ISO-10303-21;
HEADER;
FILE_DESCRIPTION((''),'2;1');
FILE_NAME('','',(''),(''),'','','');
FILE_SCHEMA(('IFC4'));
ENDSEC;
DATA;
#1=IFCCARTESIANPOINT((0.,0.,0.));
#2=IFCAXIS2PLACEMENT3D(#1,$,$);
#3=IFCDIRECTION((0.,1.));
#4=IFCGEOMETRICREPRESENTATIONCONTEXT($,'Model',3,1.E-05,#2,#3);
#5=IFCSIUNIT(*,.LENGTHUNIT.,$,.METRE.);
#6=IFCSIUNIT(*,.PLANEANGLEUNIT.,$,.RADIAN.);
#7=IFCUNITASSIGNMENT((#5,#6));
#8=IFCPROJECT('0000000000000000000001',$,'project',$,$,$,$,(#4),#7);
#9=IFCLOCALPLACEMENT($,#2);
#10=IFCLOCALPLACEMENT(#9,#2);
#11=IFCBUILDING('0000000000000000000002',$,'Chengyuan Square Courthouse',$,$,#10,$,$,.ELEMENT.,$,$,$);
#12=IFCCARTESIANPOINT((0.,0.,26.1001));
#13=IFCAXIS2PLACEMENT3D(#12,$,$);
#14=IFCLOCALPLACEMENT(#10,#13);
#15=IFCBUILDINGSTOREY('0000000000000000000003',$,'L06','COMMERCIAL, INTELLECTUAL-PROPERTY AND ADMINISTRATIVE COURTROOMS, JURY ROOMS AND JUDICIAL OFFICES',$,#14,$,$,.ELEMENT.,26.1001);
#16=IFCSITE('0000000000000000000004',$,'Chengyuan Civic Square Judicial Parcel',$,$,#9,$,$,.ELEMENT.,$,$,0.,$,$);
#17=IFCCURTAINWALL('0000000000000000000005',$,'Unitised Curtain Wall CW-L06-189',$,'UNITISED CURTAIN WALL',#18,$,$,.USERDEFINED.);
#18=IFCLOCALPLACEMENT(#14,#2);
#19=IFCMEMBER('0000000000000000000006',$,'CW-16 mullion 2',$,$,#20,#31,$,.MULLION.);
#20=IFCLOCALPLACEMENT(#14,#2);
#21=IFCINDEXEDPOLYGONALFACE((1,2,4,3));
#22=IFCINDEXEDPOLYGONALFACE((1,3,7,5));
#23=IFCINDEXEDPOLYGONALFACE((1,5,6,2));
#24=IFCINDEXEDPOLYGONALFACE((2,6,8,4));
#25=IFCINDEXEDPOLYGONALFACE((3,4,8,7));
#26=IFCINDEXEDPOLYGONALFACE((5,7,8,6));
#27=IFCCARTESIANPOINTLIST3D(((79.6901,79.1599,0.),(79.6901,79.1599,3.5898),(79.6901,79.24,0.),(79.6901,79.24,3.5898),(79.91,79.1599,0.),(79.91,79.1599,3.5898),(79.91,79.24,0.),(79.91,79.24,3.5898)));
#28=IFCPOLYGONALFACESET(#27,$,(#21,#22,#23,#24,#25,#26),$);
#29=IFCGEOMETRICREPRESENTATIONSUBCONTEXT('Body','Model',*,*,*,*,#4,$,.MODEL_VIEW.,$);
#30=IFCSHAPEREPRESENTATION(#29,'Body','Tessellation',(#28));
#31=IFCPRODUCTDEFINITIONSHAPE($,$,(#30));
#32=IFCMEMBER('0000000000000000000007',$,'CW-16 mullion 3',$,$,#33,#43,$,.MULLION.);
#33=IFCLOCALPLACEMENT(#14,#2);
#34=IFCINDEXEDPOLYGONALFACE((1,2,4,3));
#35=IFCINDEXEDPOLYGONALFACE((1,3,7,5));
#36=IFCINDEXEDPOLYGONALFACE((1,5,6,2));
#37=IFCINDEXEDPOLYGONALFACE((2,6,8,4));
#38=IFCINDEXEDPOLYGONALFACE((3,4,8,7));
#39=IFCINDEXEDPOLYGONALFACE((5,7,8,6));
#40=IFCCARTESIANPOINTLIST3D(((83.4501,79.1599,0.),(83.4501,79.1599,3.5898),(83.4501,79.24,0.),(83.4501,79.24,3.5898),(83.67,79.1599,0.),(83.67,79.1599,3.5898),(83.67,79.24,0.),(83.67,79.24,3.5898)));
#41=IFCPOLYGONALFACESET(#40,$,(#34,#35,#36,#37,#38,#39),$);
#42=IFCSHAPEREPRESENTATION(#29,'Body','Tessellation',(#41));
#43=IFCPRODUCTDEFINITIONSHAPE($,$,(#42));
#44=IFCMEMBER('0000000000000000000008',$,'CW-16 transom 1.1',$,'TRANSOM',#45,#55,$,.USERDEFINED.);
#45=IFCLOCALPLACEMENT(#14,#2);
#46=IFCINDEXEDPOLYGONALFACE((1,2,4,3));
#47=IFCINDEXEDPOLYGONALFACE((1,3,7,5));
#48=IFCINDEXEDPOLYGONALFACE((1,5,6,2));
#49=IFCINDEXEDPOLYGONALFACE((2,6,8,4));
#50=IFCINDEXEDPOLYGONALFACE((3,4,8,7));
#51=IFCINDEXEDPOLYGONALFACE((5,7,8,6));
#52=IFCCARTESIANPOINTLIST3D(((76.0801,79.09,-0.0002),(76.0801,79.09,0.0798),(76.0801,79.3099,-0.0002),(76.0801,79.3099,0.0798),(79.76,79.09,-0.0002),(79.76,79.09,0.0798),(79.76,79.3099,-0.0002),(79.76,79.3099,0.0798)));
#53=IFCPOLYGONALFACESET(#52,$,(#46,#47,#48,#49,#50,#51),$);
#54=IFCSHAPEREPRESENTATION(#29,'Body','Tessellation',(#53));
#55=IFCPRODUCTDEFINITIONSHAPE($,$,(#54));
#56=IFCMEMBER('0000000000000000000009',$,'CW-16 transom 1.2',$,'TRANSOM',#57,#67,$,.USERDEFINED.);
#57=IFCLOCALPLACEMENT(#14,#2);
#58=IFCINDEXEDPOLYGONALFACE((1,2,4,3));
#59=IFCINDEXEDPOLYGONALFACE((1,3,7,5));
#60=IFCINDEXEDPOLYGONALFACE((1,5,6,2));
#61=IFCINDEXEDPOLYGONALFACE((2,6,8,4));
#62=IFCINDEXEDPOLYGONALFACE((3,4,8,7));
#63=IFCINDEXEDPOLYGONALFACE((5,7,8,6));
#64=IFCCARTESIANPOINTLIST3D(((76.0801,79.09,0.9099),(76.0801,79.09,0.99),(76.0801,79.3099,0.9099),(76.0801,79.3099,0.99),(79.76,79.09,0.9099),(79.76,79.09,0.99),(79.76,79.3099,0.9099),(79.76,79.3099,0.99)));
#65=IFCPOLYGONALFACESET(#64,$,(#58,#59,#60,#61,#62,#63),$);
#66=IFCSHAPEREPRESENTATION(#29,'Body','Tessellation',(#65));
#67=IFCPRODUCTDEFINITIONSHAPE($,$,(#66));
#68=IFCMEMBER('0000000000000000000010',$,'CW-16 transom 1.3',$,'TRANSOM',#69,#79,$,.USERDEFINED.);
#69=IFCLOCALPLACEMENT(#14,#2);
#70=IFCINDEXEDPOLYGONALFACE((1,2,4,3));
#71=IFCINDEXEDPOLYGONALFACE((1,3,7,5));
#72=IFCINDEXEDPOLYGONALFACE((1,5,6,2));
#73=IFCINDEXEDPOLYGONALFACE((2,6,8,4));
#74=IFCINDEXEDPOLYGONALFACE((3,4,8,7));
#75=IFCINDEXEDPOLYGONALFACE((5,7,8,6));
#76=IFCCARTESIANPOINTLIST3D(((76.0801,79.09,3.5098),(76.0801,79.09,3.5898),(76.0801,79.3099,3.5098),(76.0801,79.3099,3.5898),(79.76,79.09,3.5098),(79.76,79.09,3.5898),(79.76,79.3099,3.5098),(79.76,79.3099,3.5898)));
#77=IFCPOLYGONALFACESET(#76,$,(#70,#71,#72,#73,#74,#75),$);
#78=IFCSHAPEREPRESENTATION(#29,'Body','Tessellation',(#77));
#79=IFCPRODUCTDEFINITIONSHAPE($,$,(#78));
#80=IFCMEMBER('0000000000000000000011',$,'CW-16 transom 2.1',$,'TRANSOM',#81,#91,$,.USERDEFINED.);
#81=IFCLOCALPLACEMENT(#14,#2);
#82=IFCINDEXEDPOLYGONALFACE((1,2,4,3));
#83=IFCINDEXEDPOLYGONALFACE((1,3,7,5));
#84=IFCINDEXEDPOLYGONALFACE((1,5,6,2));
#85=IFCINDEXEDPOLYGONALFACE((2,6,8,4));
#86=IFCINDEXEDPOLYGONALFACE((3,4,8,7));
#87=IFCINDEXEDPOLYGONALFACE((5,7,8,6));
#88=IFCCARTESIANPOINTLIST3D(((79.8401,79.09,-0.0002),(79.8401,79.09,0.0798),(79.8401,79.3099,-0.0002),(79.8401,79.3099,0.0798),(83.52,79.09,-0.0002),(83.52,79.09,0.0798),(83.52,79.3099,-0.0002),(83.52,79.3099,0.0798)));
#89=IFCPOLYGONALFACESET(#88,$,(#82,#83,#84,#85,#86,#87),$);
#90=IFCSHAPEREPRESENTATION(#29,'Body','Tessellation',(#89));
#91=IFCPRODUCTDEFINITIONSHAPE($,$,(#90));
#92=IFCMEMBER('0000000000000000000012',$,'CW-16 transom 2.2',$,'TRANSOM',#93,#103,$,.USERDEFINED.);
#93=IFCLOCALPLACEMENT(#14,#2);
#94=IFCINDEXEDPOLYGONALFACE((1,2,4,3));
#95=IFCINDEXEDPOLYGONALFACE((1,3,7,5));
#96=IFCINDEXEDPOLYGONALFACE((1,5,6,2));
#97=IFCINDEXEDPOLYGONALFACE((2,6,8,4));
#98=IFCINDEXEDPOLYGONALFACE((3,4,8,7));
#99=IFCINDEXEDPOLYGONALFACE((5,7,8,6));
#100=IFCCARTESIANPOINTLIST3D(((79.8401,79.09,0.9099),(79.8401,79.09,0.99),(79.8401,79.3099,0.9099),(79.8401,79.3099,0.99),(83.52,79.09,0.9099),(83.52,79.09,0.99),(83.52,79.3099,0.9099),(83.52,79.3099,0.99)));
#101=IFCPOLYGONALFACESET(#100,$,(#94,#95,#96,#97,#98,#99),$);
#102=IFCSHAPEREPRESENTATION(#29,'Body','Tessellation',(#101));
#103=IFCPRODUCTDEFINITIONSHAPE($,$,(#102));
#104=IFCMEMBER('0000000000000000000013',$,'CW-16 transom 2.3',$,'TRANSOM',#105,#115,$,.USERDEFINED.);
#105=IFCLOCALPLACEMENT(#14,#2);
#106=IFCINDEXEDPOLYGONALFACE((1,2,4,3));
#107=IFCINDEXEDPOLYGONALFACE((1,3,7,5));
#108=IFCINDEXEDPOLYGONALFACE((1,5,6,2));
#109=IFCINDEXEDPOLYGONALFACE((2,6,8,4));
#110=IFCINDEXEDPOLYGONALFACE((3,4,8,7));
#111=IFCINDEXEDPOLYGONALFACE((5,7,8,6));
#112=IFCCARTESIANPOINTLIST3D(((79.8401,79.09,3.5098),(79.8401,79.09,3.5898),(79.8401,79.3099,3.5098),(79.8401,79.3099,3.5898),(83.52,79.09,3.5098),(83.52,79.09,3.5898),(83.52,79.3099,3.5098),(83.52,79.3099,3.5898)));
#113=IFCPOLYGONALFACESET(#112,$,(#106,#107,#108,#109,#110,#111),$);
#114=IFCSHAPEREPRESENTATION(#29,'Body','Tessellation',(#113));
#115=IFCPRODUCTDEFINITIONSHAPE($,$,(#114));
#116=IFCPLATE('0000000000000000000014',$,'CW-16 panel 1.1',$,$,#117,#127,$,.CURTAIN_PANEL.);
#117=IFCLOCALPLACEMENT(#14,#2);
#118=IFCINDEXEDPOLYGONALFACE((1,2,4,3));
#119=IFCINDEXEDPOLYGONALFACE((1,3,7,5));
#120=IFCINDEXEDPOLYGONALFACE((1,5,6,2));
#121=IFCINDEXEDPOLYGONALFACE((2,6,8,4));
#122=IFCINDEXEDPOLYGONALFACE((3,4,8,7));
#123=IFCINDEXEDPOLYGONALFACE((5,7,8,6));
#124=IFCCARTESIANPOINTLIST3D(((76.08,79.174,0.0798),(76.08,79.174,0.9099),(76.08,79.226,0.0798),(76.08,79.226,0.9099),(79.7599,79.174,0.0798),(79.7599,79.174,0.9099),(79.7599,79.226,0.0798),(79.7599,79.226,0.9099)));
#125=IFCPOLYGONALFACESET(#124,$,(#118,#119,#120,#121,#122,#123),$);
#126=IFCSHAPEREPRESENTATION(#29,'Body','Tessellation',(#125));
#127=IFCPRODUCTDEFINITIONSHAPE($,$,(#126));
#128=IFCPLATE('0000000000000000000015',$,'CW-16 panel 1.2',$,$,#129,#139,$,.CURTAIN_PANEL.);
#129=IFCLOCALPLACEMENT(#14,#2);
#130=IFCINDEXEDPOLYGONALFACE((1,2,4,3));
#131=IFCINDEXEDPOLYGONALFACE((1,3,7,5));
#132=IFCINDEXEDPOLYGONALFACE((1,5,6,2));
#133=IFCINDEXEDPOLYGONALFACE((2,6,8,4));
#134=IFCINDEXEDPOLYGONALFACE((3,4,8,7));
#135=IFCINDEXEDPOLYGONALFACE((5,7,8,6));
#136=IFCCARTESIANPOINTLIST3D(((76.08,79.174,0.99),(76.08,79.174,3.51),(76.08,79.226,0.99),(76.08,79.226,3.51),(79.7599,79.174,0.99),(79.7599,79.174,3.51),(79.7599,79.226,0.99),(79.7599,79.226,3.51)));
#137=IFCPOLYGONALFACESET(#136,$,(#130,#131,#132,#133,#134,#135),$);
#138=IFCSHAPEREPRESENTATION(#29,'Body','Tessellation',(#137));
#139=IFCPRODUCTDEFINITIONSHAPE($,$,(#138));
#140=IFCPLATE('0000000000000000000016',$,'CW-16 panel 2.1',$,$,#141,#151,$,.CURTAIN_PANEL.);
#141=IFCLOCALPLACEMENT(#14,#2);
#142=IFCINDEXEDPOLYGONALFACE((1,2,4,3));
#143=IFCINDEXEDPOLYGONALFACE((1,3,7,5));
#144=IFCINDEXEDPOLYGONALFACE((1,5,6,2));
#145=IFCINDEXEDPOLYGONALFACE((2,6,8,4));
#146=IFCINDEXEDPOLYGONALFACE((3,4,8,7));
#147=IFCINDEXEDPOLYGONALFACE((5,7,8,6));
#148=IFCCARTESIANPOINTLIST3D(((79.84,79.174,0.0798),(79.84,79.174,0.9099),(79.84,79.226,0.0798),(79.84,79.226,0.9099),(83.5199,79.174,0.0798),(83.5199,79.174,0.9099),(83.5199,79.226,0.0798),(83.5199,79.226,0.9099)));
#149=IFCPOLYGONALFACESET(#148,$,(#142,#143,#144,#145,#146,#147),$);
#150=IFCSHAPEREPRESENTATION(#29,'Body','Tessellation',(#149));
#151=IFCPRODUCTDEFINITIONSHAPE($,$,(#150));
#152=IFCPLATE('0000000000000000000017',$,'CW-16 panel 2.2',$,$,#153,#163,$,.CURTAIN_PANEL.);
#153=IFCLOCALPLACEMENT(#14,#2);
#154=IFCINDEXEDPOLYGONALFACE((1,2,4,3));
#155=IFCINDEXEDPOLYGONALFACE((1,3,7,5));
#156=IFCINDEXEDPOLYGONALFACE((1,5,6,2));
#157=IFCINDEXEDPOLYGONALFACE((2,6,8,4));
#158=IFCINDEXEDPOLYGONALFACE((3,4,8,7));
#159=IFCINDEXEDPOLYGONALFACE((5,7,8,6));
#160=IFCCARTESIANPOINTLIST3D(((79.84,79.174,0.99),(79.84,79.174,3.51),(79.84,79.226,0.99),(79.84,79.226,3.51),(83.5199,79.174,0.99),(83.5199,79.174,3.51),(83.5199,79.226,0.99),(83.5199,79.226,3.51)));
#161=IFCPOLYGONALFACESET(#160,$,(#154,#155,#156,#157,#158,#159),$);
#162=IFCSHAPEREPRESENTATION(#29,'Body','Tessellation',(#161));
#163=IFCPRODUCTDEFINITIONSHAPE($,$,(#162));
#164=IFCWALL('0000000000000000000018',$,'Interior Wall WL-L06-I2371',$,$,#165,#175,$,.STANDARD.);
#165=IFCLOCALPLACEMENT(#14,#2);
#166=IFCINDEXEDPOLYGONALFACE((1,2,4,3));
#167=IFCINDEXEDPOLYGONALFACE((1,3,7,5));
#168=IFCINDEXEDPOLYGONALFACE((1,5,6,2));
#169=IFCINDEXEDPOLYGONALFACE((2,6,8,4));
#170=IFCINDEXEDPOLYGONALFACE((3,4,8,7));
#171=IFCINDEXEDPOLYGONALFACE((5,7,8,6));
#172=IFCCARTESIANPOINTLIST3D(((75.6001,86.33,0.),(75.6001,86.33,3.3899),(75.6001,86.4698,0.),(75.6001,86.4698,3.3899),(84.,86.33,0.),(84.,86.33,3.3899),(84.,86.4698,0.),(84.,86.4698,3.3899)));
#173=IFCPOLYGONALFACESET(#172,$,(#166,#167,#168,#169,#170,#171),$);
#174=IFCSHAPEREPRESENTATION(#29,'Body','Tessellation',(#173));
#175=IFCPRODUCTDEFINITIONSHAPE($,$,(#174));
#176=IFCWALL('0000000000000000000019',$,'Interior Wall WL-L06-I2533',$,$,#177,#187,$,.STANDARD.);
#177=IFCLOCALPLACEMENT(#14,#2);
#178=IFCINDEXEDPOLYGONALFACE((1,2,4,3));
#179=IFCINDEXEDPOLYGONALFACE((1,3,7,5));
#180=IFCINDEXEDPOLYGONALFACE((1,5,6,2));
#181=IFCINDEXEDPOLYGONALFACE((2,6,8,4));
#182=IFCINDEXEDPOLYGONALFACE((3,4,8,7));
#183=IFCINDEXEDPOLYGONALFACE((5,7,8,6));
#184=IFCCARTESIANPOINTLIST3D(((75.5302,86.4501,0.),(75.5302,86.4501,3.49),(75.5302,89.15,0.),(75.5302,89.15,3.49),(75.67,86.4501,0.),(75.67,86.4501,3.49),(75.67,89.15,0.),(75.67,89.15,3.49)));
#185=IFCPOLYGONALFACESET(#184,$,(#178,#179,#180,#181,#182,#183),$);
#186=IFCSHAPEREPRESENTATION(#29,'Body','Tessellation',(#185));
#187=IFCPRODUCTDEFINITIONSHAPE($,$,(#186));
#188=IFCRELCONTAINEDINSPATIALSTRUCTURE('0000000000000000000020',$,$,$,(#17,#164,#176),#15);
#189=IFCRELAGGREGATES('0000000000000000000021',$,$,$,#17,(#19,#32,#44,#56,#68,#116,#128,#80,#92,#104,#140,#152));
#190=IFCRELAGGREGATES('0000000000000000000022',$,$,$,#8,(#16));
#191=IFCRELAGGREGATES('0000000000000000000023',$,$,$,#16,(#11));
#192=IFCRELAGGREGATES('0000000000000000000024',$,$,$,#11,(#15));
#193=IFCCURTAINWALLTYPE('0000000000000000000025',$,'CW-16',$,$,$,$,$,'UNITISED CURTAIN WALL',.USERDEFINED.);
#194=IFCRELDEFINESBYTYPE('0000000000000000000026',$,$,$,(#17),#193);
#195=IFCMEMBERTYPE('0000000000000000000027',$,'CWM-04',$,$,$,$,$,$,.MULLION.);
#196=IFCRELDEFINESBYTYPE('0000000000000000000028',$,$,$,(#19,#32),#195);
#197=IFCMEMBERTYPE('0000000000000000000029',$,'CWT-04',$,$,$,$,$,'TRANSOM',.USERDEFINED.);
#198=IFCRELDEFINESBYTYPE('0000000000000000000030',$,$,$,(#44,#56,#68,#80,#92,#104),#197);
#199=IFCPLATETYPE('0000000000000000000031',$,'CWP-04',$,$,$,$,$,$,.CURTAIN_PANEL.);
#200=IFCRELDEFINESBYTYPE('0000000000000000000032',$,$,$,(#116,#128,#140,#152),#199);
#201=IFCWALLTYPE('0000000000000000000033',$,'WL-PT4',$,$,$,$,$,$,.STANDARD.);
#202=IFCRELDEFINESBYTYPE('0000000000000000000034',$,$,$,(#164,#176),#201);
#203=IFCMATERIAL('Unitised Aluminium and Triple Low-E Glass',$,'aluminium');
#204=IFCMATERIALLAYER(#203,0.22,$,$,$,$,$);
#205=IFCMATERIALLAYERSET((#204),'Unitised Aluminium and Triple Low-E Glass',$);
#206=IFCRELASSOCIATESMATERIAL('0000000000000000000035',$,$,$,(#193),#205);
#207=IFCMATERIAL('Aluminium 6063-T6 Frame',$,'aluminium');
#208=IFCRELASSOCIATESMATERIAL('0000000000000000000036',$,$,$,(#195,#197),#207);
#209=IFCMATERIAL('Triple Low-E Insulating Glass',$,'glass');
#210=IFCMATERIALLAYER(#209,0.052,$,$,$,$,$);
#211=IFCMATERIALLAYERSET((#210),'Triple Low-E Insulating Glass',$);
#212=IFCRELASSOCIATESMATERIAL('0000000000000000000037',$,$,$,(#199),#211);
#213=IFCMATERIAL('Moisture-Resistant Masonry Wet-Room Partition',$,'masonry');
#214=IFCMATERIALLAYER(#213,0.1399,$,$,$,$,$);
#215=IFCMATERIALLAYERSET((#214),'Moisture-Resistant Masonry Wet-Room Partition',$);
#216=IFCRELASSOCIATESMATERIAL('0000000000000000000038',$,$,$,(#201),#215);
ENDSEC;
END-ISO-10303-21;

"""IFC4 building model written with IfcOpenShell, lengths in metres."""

from ifc_helpers import new_model, si_unit, direction, frame, frame_2d, origin, origin_2d, place, context, subcontext, project, spatial, rectangle, extrude, material, layer, layer_set, material_profile, profile_set, type_object, element, aggregate, save


model = new_model("IFC4")

# Units and contexts
model_context = context("Model", 3, precision=1e-05, world=origin(), true_north=direction((0.0, 1.0)))
body_context = subcontext(model_context, "Body", "Model", "MODEL_VIEW")
ifc_project = project(units=[si_unit("LENGTHUNIT", "METRE"), si_unit("PLANEANGLEUNIT", "RADIAN")], contexts=[model_context])

# Site, building, storey
site_placement = place(None, origin())
site = spatial("IfcSite", under=ifc_project, at=site_placement, Name="Chengyuan Civic Square Judicial Parcel", CompositionType="ELEMENT", RefElevation=0.0)
building_placement = place(site_placement, origin())
building = spatial("IfcBuilding", under=site, at=building_placement, Name="Chengyuan Square Courthouse", CompositionType="ELEMENT")
storey_placement = place(building_placement, frame((0.0, 0.0, 26.1001)))
storey = spatial("IfcBuildingStorey", under=building, at=storey_placement, Name="L06", Description="COMMERCIAL, INTELLECTUAL-PROPERTY AND ADMINISTRATIVE COURTROOMS, JURY ROOMS AND JUDICIAL OFFICES", CompositionType="ELEMENT", Elevation=26.1001)

# Curtain wall, members, plates
ifc_material_1 = material(Name="Unitised Aluminium and Triple Low-E Glass", Category="aluminium")
ifc_layer_1 = layer(ifc_material_1, 0.22)
ifc_layer_set_1 = layer_set([ifc_layer_1], Name="Unitised Aluminium and Triple Low-E Glass")
curtain_wall_type = type_object("IfcCurtainWallType", Name="CW-16", ElementType="UNITISED CURTAIN WALL", PredefinedType="USERDEFINED", material=ifc_layer_set_1)
curtain_wall_placement = place(storey_placement, origin())
curtain_wall = element("IfcCurtainWall", 1, at=curtain_wall_placement, inside=storey, type_object=curtain_wall_type, Name="Unitised Curtain Wall CW-L06-189", ObjectType="UNITISED CURTAIN WALL", PredefinedType="USERDEFINED")
ifc_material_2 = material(Name="Aluminium 6063-T6 Frame", Category="aluminium")
ifc_material_profile_1 = material_profile(ifc_material_2, rectangle(XDim=0.0801, YDim=0.22, at=origin_2d()), Name="CW-MUL-80x220")
ifc_profile_set_1 = profile_set([ifc_material_profile_1], Name="Aluminium 6063-T6 Frame")
member_type_1 = type_object("IfcMemberType", Name="CWM-04", PredefinedType="MULLION", material=ifc_profile_set_1)
member_1_placement = place(storey_placement, frame((79.8, 79.2, 0.0), z_axis=(0.0, 0.0, 1.0), x_axis=(0.0, 1.0, 0.0)))
member_1 = element("IfcMember", 2, at=member_1_placement, type_object=member_type_1, Name="CW-16 mullion 2", PredefinedType="MULLION", context=body_context, shape_type="SweptSolid", body=[
    extrude(rectangle(XDim=0.0801, YDim=0.22, at=origin_2d()), origin(), (0.0, 0.0, 1.0), 3.5898),
])
member_2_placement = place(storey_placement, frame((83.5601, 79.2, 0.0), z_axis=(0.0, 0.0, 1.0), x_axis=(0.0, 1.0, 0.0)))
member_2 = element("IfcMember", 3, at=member_2_placement, type_object=member_type_1, Name="CW-16 mullion 3", PredefinedType="MULLION", context=body_context, shape_type="SweptSolid", body=[
    extrude(rectangle(XDim=0.0801, YDim=0.22, at=origin_2d()), origin(), (0.0, 0.0, 1.0), 3.5898),
])
ifc_material_profile_2 = material_profile(ifc_material_2, rectangle(XDim=0.22, YDim=0.0801, at=origin_2d()), Name="CW-TRN-80x180")
ifc_profile_set_2 = profile_set([ifc_material_profile_2], Name="Aluminium 6063-T6 Frame")
member_type_2 = type_object("IfcMemberType", Name="CWT-04", ElementType="TRANSOM", PredefinedType="USERDEFINED", material=ifc_profile_set_2)
member_3_placement = place(storey_placement, frame((76.0801, 79.2, 0.0398), z_axis=(1.0, 0.0, 0.0), x_axis=(0.0, 1.0, 0.0)))
member_3 = element("IfcMember", 4, at=member_3_placement, type_object=member_type_2, Name="CW-16 transom 1.1", ObjectType="TRANSOM", PredefinedType="USERDEFINED", context=body_context, shape_type="SweptSolid", body=[
    extrude(rectangle(XDim=0.22, YDim=0.0801, at=origin_2d()), origin(), (0.0, 0.0, 1.0), 3.6799),
])
member_4_placement = place(storey_placement, frame((76.0801, 79.2, 0.95), z_axis=(1.0, 0.0, 0.0), x_axis=(0.0, 1.0, 0.0)))
member_4 = element("IfcMember", 5, at=member_4_placement, type_object=member_type_2, Name="CW-16 transom 1.2", ObjectType="TRANSOM", PredefinedType="USERDEFINED", context=body_context, shape_type="SweptSolid", body=[
    extrude(rectangle(XDim=0.22, YDim=0.0801, at=origin_2d()), origin(), (0.0, 0.0, 1.0), 3.6799),
])
member_5_placement = place(storey_placement, frame((76.0801, 79.2, 3.5498), z_axis=(1.0, 0.0, 0.0), x_axis=(0.0, 1.0, 0.0)))
member_5 = element("IfcMember", 6, at=member_5_placement, type_object=member_type_2, Name="CW-16 transom 1.3", ObjectType="TRANSOM", PredefinedType="USERDEFINED", context=body_context, shape_type="SweptSolid", body=[
    extrude(rectangle(XDim=0.22, YDim=0.0801, at=origin_2d()), origin(), (0.0, 0.0, 1.0), 3.6799),
])
member_6_placement = place(storey_placement, frame((79.8401, 79.2, 0.0398), z_axis=(1.0, 0.0, 0.0), x_axis=(0.0, 1.0, 0.0)))
member_6 = element("IfcMember", 7, at=member_6_placement, type_object=member_type_2, Name="CW-16 transom 2.1", ObjectType="TRANSOM", PredefinedType="USERDEFINED", context=body_context, shape_type="SweptSolid", body=[
    extrude(rectangle(XDim=0.22, YDim=0.0801, at=origin_2d()), origin(), (0.0, 0.0, 1.0), 3.6799),
])
member_7_placement = place(storey_placement, frame((79.8401, 79.2, 0.95), z_axis=(1.0, 0.0, 0.0), x_axis=(0.0, 1.0, 0.0)))
member_7 = element("IfcMember", 8, at=member_7_placement, type_object=member_type_2, Name="CW-16 transom 2.2", ObjectType="TRANSOM", PredefinedType="USERDEFINED", context=body_context, shape_type="SweptSolid", body=[
    extrude(rectangle(XDim=0.22, YDim=0.0801, at=origin_2d()), origin(), (0.0, 0.0, 1.0), 3.6799),
])
member_8_placement = place(storey_placement, frame((79.8401, 79.2, 3.5498), z_axis=(1.0, 0.0, 0.0), x_axis=(0.0, 1.0, 0.0)))
member_8 = element("IfcMember", 9, at=member_8_placement, type_object=member_type_2, Name="CW-16 transom 2.3", ObjectType="TRANSOM", PredefinedType="USERDEFINED", context=body_context, shape_type="SweptSolid", body=[
    extrude(rectangle(XDim=0.22, YDim=0.0801, at=origin_2d()), origin(), (0.0, 0.0, 1.0), 3.6799),
])
ifc_material_3 = material(Name="Triple Low-E Insulating Glass", Category="glass")
ifc_layer_2 = layer(ifc_material_3, 0.052)
ifc_layer_set_2 = layer_set([ifc_layer_2], Name="Triple Low-E Insulating Glass")
plate_type = type_object("IfcPlateType", Name="CWP-04", PredefinedType="CURTAIN_PANEL", material=ifc_layer_set_2)
plate_1_placement = place(storey_placement, frame((77.9199, 79.2, 0.0798), z_axis=(0.0, 0.0, 1.0), x_axis=(1.0, 0.0, 0.0)))
plate_1 = element("IfcPlate", 10, at=plate_1_placement, type_object=plate_type, Name="CW-16 panel 1.1", PredefinedType="CURTAIN_PANEL", context=body_context, shape_type="SweptSolid", body=[
    extrude(rectangle(XDim=3.6799, YDim=0.052, at=origin_2d()), origin(), (0.0, 0.0, 1.0), 0.8301),
])
plate_2_placement = place(storey_placement, frame((77.9199, 79.2, 0.99), z_axis=(0.0, 0.0, 1.0), x_axis=(1.0, 0.0, 0.0)))
plate_2 = element("IfcPlate", 11, at=plate_2_placement, type_object=plate_type, Name="CW-16 panel 1.2", PredefinedType="CURTAIN_PANEL", context=body_context, shape_type="SweptSolid", body=[
    extrude(rectangle(XDim=3.6799, YDim=0.052, at=origin_2d()), origin(), (0.0, 0.0, 1.0), 2.52),
])
plate_3_placement = place(storey_placement, frame((81.6799, 79.2, 0.0798), z_axis=(0.0, 0.0, 1.0), x_axis=(1.0, 0.0, 0.0)))
plate_3 = element("IfcPlate", 12, at=plate_3_placement, type_object=plate_type, Name="CW-16 panel 2.1", PredefinedType="CURTAIN_PANEL", context=body_context, shape_type="SweptSolid", body=[
    extrude(rectangle(XDim=3.6799, YDim=0.052, at=origin_2d()), origin(), (0.0, 0.0, 1.0), 0.8301),
])
plate_4_placement = place(storey_placement, frame((81.6799, 79.2, 0.99), z_axis=(0.0, 0.0, 1.0), x_axis=(1.0, 0.0, 0.0)))
plate_4 = element("IfcPlate", 13, at=plate_4_placement, type_object=plate_type, Name="CW-16 panel 2.2", PredefinedType="CURTAIN_PANEL", context=body_context, shape_type="SweptSolid", body=[
    extrude(rectangle(XDim=3.6799, YDim=0.052, at=origin_2d()), origin(), (0.0, 0.0, 1.0), 2.52),
])
aggregate(curtain_wall, [member_1, member_2, member_3, member_4, member_5, plate_1, plate_2, member_6, member_7, member_8, plate_3, plate_4])

# Walls
ifc_material_4 = material(Name="Moisture-Resistant Masonry Wet-Room Partition", Category="masonry")
ifc_layer_3 = layer(ifc_material_4, 0.1399)
ifc_layer_set_3 = layer_set([ifc_layer_3], Name="Moisture-Resistant Masonry Wet-Room Partition")
wall_type = type_object("IfcWallType", Name="WL-PT4", PredefinedType="STANDARD", material=ifc_layer_set_3)
wall_1_placement = place(storey_placement, frame((75.6001, 86.3999, 0.0), z_axis=(0.0, 0.0, 1.0), x_axis=(1.0, 0.0, 0.0)))
element("IfcWall", 14, at=wall_1_placement, inside=storey, type_object=wall_type, Name="Interior Wall WL-L06-I2371", PredefinedType="STANDARD", context=body_context, shape_type="SweptSolid", body=[
    extrude(rectangle(XDim=8.3999, YDim=0.1399, at=frame_2d((4.2, 0.0))), origin(), (0.0, 0.0, 1.0), 3.3899),
])
wall_2_placement = place(storey_placement, frame((75.6001, 86.45, 0.0), z_axis=(0.0, 0.0, 1.0), x_axis=(0.0, 1.0, 0.0)))
element("IfcWall", 15, at=wall_2_placement, inside=storey, type_object=wall_type, Name="Interior Wall WL-L06-I2533", PredefinedType="STANDARD", context=body_context, shape_type="SweptSolid", body=[
    extrude(rectangle(XDim=2.7, YDim=0.1399, at=frame_2d((1.3501, 0.0))), origin(), (0.0, 0.0, 1.0), 3.49),
])

save(model, "model.ifc")
